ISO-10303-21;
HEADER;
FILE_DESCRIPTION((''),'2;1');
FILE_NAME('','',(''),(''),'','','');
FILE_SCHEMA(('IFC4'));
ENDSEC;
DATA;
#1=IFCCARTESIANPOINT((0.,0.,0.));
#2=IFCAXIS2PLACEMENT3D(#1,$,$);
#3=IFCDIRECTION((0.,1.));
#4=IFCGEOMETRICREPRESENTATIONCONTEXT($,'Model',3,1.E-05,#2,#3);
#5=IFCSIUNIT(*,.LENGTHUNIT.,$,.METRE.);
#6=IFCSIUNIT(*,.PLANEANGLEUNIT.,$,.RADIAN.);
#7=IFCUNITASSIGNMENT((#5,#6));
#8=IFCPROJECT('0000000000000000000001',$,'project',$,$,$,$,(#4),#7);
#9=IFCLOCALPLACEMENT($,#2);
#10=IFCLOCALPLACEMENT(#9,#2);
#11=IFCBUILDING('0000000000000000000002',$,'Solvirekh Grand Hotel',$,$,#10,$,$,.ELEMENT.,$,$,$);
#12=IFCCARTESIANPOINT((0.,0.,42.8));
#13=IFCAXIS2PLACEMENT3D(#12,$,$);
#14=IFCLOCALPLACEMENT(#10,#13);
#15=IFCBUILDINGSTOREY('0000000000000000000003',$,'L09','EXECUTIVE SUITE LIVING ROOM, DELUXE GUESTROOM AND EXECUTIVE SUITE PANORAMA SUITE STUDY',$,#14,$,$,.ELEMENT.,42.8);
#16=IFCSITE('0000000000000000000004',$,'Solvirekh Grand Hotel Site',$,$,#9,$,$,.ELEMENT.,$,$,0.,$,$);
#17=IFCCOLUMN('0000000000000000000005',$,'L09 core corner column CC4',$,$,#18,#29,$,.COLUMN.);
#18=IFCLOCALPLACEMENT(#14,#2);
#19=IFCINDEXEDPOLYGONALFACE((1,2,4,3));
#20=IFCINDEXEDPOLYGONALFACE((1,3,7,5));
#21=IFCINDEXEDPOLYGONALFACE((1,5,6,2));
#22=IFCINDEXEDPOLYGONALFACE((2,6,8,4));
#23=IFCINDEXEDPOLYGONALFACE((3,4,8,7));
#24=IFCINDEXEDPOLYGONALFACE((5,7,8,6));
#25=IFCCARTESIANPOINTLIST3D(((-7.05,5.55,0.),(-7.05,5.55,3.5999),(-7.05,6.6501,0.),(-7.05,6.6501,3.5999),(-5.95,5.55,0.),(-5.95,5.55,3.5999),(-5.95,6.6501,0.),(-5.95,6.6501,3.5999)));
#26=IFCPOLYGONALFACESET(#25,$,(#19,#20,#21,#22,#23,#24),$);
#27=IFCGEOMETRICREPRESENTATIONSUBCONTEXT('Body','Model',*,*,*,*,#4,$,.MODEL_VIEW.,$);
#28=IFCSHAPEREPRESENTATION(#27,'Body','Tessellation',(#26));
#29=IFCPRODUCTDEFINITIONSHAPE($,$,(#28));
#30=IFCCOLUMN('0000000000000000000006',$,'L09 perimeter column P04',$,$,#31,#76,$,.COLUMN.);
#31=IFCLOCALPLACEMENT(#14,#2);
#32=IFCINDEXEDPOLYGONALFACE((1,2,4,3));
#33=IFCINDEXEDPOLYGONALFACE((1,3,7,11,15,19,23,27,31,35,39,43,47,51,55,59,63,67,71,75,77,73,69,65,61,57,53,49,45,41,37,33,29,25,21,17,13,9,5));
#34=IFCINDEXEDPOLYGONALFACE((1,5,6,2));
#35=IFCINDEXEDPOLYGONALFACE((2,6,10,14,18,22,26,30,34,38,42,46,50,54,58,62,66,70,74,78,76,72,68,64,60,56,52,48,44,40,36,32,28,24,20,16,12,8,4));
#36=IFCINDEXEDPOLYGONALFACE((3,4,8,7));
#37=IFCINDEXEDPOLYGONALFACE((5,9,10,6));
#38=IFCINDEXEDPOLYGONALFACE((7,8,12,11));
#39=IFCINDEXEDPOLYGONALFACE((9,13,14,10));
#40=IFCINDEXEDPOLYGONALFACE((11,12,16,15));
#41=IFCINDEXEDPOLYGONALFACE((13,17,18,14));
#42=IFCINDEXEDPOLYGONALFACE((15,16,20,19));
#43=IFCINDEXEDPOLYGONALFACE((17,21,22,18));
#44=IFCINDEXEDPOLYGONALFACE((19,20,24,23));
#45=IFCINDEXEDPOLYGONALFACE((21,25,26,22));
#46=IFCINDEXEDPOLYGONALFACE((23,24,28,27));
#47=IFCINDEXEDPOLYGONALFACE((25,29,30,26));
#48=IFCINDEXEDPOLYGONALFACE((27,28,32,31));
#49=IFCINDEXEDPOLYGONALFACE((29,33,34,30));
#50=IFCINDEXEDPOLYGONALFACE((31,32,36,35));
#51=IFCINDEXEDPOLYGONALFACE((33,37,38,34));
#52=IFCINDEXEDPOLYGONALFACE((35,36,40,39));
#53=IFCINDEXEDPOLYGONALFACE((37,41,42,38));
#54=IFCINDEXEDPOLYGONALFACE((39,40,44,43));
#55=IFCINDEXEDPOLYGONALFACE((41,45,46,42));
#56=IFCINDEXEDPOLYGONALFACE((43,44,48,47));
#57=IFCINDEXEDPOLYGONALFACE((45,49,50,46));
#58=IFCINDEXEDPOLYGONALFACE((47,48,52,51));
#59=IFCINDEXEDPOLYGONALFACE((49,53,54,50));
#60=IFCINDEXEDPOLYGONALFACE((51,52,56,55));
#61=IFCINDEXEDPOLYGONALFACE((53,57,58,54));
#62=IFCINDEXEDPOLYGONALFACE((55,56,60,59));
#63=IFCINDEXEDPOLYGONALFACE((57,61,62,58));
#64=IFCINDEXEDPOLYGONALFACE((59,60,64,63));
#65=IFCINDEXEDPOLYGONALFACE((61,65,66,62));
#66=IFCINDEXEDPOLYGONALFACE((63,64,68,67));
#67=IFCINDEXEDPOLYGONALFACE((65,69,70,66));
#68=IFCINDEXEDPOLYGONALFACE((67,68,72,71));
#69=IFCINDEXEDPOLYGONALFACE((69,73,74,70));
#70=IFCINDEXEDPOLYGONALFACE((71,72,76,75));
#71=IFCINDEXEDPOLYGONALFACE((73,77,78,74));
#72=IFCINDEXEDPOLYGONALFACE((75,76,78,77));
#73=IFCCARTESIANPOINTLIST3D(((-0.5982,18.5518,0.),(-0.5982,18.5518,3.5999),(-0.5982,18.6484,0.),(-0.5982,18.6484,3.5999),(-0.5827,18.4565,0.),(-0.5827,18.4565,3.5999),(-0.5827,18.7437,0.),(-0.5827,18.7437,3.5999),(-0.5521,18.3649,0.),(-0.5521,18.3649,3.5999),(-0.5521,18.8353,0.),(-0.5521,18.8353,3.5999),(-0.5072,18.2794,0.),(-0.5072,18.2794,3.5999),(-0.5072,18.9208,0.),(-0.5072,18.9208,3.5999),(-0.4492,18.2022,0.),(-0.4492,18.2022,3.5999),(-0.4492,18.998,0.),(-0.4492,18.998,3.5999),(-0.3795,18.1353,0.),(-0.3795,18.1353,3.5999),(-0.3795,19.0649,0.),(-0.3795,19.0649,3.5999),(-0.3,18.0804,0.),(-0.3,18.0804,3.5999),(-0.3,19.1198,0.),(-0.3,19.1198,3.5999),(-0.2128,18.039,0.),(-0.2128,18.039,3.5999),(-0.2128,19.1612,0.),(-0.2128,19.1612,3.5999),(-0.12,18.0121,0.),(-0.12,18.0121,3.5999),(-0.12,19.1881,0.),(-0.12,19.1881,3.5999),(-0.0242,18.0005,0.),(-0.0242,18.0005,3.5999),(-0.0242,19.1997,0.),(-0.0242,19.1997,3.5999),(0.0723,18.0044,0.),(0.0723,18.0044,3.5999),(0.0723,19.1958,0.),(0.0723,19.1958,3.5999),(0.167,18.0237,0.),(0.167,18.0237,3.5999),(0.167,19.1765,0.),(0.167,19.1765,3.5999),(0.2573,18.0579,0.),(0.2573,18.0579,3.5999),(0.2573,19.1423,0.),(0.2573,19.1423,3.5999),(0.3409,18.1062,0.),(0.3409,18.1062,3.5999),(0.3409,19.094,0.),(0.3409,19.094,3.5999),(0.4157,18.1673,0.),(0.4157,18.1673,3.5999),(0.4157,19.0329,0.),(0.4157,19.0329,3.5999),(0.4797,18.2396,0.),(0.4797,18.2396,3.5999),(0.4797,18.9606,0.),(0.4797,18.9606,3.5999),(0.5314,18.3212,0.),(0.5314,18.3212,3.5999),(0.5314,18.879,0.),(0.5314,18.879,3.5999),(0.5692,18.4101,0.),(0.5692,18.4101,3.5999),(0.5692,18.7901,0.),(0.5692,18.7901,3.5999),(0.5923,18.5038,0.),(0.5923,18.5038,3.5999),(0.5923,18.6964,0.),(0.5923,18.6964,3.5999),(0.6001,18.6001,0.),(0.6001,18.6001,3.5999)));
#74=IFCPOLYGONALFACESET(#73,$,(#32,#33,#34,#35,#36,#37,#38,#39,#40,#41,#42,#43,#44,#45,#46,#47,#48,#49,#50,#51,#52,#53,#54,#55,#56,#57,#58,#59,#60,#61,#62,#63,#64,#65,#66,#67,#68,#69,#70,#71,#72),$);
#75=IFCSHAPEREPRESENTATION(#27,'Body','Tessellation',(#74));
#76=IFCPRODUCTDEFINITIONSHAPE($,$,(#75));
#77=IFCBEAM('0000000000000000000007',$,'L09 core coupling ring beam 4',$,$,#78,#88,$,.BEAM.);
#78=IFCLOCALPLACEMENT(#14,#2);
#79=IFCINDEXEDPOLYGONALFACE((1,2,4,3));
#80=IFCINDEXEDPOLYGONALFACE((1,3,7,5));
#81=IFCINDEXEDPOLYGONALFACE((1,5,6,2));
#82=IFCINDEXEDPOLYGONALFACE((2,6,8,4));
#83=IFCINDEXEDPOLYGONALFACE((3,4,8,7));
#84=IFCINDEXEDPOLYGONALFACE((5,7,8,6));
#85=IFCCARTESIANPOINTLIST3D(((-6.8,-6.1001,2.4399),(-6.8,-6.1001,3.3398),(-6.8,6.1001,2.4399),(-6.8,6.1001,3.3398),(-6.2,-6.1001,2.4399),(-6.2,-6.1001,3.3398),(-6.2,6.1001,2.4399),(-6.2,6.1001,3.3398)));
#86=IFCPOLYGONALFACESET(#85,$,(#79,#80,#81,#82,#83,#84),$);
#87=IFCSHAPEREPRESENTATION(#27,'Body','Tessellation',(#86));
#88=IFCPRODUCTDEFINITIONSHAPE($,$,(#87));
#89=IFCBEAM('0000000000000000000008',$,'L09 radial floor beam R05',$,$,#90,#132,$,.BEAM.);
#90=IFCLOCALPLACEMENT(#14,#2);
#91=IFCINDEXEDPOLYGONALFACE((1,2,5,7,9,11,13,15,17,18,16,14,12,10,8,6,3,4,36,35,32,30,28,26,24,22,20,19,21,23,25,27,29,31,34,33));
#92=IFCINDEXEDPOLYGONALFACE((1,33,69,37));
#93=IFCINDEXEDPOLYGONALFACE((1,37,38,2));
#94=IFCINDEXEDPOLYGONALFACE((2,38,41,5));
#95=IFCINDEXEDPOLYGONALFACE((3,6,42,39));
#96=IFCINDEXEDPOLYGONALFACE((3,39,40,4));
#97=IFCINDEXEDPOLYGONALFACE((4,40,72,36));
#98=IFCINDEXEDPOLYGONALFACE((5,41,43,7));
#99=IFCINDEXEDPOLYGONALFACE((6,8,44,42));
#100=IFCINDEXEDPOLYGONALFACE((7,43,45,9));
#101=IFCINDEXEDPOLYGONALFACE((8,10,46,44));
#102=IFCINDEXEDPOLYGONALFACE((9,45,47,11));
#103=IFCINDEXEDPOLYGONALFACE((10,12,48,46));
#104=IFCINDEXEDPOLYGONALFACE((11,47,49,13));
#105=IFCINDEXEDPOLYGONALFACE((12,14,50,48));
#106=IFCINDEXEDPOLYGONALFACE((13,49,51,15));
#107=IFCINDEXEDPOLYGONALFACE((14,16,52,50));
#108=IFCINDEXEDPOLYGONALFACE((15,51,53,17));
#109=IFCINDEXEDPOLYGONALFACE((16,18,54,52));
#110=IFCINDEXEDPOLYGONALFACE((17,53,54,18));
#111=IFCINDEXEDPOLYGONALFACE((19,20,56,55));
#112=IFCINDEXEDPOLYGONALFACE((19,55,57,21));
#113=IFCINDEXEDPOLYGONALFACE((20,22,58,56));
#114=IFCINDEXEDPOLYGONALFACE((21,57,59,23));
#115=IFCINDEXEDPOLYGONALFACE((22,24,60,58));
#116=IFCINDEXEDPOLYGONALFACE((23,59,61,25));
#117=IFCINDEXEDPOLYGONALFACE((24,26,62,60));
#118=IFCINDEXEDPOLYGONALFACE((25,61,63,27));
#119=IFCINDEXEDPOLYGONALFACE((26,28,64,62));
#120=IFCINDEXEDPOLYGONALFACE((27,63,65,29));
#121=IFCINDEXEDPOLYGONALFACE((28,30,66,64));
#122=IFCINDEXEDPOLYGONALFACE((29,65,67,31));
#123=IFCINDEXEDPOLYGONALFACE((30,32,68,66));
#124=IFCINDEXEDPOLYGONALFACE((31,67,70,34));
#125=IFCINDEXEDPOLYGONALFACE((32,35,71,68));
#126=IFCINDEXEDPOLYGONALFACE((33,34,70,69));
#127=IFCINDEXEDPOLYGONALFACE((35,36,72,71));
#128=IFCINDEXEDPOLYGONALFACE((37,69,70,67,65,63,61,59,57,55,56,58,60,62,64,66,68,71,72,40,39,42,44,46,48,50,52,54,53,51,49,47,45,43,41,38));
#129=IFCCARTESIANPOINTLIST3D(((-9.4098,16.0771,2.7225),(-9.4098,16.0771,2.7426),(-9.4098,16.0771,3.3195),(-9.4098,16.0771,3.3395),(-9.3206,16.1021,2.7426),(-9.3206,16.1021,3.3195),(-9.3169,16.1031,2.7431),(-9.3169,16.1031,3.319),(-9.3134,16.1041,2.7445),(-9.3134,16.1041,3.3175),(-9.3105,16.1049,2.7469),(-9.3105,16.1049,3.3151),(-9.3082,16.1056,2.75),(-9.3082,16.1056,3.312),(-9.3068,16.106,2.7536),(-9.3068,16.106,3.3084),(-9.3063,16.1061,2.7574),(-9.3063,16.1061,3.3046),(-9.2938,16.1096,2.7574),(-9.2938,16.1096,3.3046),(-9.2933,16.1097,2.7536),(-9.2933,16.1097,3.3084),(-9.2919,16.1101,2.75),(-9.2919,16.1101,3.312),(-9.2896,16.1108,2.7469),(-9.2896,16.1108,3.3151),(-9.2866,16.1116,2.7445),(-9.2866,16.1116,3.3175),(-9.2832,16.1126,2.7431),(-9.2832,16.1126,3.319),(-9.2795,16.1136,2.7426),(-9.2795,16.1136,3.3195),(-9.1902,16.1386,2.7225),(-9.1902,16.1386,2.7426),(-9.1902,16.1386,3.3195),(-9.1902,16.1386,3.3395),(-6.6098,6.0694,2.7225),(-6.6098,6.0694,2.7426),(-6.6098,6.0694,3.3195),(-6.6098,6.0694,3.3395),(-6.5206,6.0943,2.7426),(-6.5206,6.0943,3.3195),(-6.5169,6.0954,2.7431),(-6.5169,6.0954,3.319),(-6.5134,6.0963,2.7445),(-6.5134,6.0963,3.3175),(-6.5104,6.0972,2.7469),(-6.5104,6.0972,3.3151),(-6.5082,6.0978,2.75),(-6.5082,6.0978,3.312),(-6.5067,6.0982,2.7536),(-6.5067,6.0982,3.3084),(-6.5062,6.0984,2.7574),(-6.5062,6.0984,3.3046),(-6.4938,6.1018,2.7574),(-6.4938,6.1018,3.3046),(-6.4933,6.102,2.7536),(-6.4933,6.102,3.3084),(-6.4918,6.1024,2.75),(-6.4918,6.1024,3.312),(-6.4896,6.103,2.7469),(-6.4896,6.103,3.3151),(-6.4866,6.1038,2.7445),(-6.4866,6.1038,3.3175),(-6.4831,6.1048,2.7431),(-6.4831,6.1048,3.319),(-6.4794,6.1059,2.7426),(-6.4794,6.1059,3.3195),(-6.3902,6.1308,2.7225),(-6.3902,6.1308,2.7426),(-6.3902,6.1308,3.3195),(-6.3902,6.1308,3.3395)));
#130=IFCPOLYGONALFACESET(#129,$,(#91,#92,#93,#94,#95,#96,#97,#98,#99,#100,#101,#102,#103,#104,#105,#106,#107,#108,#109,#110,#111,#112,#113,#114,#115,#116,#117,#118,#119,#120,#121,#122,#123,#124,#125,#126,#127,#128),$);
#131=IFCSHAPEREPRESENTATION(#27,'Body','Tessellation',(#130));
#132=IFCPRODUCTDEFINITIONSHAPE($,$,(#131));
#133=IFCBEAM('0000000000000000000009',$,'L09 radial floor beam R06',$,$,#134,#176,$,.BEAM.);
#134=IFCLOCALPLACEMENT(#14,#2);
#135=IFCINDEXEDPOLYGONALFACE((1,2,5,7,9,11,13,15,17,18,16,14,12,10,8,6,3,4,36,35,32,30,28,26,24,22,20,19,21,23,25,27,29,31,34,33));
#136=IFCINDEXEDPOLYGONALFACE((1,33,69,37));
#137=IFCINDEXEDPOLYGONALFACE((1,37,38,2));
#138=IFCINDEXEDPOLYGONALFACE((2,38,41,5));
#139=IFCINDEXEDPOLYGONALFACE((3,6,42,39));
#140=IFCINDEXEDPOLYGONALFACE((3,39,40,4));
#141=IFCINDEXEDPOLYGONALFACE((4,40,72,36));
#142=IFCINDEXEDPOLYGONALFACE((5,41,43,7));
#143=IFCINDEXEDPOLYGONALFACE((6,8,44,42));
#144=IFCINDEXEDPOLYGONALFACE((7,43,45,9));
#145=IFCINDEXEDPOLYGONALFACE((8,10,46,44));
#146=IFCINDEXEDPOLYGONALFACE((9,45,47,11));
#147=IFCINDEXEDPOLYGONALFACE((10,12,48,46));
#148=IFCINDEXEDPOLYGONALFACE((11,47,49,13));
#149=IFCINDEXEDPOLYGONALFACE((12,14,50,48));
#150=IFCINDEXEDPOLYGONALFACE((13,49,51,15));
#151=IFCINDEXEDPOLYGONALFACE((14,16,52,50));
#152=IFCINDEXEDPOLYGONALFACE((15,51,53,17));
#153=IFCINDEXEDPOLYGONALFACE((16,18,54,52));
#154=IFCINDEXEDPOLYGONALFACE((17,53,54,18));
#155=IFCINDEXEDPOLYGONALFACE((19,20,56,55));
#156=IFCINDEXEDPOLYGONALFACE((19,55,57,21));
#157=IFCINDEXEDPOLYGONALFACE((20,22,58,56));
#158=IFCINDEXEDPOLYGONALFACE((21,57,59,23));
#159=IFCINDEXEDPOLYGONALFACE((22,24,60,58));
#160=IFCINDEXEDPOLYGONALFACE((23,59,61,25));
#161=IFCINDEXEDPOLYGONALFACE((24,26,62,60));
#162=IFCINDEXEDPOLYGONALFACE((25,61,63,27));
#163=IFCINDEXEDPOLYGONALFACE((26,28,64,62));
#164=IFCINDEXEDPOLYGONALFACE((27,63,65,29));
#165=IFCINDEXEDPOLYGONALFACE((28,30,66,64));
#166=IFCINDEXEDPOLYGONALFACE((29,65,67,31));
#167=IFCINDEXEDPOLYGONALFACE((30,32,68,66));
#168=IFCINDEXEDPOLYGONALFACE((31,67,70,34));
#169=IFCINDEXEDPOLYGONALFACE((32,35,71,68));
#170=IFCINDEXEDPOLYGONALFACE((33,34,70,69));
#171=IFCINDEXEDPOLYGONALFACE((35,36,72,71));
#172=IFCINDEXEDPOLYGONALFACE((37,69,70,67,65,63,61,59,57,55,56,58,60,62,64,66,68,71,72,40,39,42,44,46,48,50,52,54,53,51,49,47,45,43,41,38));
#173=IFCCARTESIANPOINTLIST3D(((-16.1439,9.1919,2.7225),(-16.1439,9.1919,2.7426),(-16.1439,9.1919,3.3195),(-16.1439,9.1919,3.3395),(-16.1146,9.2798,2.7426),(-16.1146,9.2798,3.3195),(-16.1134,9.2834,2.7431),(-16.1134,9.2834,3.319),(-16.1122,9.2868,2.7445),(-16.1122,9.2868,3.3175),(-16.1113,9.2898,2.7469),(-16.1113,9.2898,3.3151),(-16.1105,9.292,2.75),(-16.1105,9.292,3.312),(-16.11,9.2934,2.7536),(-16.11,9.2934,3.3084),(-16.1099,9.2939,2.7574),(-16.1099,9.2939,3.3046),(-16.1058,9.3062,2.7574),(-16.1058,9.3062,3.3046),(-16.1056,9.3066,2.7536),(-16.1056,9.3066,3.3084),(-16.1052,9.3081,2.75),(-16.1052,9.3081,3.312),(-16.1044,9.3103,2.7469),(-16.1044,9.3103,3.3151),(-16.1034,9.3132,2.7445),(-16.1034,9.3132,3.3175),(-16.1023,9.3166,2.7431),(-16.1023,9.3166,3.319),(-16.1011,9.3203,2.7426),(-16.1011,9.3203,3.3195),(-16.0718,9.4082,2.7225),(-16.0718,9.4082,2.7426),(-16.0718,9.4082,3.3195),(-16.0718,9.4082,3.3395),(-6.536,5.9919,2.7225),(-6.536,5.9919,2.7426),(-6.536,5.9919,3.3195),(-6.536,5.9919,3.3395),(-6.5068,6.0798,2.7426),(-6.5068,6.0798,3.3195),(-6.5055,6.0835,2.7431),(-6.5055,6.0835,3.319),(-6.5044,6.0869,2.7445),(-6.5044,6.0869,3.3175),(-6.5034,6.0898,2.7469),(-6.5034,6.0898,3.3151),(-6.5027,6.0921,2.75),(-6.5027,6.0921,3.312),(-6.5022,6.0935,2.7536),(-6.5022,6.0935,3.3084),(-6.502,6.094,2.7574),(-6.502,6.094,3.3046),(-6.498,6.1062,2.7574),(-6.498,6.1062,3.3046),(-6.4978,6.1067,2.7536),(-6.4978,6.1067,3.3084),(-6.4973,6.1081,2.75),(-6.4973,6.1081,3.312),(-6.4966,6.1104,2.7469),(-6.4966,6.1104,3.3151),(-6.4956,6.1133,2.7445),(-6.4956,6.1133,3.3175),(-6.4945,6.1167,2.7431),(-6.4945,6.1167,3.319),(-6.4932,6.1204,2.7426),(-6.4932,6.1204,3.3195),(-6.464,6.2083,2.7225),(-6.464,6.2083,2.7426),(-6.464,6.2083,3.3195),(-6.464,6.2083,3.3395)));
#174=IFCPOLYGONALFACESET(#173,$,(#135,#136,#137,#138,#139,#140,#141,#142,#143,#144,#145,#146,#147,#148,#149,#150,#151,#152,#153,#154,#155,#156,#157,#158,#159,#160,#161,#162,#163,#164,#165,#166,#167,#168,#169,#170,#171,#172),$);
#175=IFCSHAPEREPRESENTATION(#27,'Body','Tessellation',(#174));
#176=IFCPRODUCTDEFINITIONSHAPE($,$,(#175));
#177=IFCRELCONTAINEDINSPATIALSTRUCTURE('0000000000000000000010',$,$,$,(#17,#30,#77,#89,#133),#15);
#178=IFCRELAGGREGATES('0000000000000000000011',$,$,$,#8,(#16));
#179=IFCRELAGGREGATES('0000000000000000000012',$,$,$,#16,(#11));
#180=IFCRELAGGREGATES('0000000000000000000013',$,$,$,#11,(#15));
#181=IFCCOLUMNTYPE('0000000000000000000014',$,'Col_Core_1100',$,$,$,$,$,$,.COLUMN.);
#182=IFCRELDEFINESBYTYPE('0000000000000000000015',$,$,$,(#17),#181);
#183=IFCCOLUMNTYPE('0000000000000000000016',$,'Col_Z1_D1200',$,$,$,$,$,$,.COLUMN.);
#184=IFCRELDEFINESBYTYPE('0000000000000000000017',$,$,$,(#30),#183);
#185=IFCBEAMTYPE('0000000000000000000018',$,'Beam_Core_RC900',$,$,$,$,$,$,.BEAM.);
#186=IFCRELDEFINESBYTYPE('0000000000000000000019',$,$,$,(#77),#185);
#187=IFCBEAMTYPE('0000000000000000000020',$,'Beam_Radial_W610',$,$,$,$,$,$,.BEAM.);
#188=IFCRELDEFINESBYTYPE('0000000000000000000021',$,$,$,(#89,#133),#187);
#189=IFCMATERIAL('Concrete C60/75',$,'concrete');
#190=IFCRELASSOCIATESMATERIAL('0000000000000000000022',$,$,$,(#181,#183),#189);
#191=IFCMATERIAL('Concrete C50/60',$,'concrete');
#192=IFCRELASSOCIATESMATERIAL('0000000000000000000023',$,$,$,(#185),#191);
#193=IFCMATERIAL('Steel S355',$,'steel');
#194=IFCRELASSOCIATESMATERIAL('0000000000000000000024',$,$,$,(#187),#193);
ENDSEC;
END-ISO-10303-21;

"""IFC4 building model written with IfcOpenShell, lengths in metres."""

from ifc_helpers import new_model, si_unit, direction, frame, origin, origin_2d, place, context, subcontext, project, spatial, rectangle, circle, i_section, extrude, material, material_profile, profile_set, type_object, element, save


model = new_model("IFC4")

# Units and contexts
model_context = context("Model", 3, precision=1e-05, world=origin(), true_north=direction((0.0, 1.0)))
body_context = subcontext(model_context, "Body", "Model", "MODEL_VIEW")
ifc_project = project(units=[si_unit("LENGTHUNIT", "METRE"), si_unit("PLANEANGLEUNIT", "RADIAN")], contexts=[model_context])

# Site, building, storey
site_placement = place(None, origin())
site = spatial("IfcSite", under=ifc_project, at=site_placement, Name="Solvirekh Grand Hotel Site", CompositionType="ELEMENT", RefElevation=0.0)
building_placement = place(site_placement, origin())
building = spatial("IfcBuilding", under=site, at=building_placement, Name="Solvirekh Grand Hotel", CompositionType="ELEMENT")
storey_placement = place(building_placement, frame((0.0, 0.0, 42.8)))
storey = spatial("IfcBuildingStorey", under=building, at=storey_placement, Name="L09", Description="EXECUTIVE SUITE LIVING ROOM, DELUXE GUESTROOM AND EXECUTIVE SUITE PANORAMA SUITE STUDY", CompositionType="ELEMENT", Elevation=42.8)

# Columns
ifc_material_1 = material(Name="Concrete C60/75", Category="concrete")
ifc_material_profile_1 = material_profile(ifc_material_1, rectangle(XDim=1.1001, YDim=1.1001, at=origin_2d()), Name="RC 1100X1100")
ifc_profile_set_1 = profile_set([ifc_material_profile_1], Name="Concrete C60/75")
column_type_1 = type_object("IfcColumnType", Name="Col_Core_1100", PredefinedType="COLUMN", material=ifc_profile_set_1)
column_1_placement = place(storey_placement, frame((-6.5, 6.1001, 0.0), z_axis=(0.0, 0.0, 1.0), x_axis=(1.0, 0.0, 0.0)))
element("IfcColumn", 1, at=column_1_placement, inside=storey, type_object=column_type_1, Name="L09 core corner column CC4", PredefinedType="COLUMN", context=body_context, shape_type="SweptSolid", body=[
    extrude(rectangle(XDim=1.1001, YDim=1.1001, at=origin_2d()), origin(), (0.0, 0.0, 1.0), 3.5999),
])
ifc_material_profile_2 = material_profile(ifc_material_1, circle(Radius=0.6001, at=origin_2d()), Name="RC CIRC D1200")
ifc_profile_set_2 = profile_set([ifc_material_profile_2], Name="Concrete C60/75")
column_type_2 = type_object("IfcColumnType", Name="Col_Z1_D1200", PredefinedType="COLUMN", material=ifc_profile_set_2)
column_2_placement = place(storey_placement, frame((0.0, 18.6001, 0.0), z_axis=(0.0, 0.0, 1.0), x_axis=(1.0, 0.0, 0.0)))
element("IfcColumn", 2, at=column_2_placement, inside=storey, type_object=column_type_2, Name="L09 perimeter column P04", PredefinedType="COLUMN", context=body_context, shape_type="SweptSolid", body=[
    extrude(circle(Radius=0.6001, at=origin_2d()), origin(), (0.0, 0.0, 1.0), 3.5999),
])

# Beams
ifc_material_2 = material(Name="Concrete C50/60", Category="concrete")
ifc_material_profile_3 = material_profile(ifc_material_2, rectangle(XDim=0.6001, YDim=0.8999, at=origin_2d()), Name="RC BEAM 600X900")
ifc_profile_set_3 = profile_set([ifc_material_profile_3], Name="Concrete C50/60")
beam_type_1 = type_object("IfcBeamType", Name="Beam_Core_RC900", PredefinedType="BEAM", material=ifc_profile_set_3)
beam_1_placement = place(storey_placement, frame((-6.5, 6.1001, 2.8899), z_axis=(0.0, -1.0, 0.0), x_axis=(1.0, 0.0, 0.0)))
element("IfcBeam", 3, at=beam_1_placement, inside=storey, type_object=beam_type_1, Name="L09 core coupling ring beam 4", PredefinedType="BEAM", context=body_context, shape_type="SweptSolid", body=[
    extrude(rectangle(XDim=0.6001, YDim=0.8999, at=origin_2d()), origin(), (0.0, 0.0, 1.0), 12.2002),
])
ifc_material_3 = material(Name="Steel S355", Category="steel")
ifc_material_profile_4 = material_profile(ifc_material_3, i_section(OverallWidth=0.228, OverallDepth=0.6169, WebThickness=0.0129, FlangeThickness=0.02, FilletRadius=0.0149, at=origin_2d()), Name="W610X140")
ifc_profile_set_4 = profile_set([ifc_material_profile_4], Name="Steel S355")
beam_type_2 = type_object("IfcBeamType", Name="Beam_Radial_W610", PredefinedType="BEAM", material=ifc_profile_set_4)
beam_2_placement = place(storey_placement, frame((-6.5, 6.1001, 3.031), z_axis=(-0.269439, 0.963017, 0.0), x_axis=(-0.963017, -0.269439, 0.0)))
element("IfcBeam", 4, at=beam_2_placement, inside=storey, type_object=beam_type_2, Name="L09 radial floor beam R05", PredefinedType="BEAM", context=body_context, shape_type="SweptSolid", body=[
    extrude(i_section(OverallWidth=0.228, OverallDepth=0.6169, WebThickness=0.0129, FlangeThickness=0.02, FilletRadius=0.0149, at=origin_2d()), origin(), (0.0, 0.0, 1.0), 10.3921),
])
beam_3_placement = place(storey_placement, frame((-6.5, 6.1001, 3.031), z_axis=(-0.948763, 0.315989, 0.0), x_axis=(-0.315989, -0.948763, 0.0)))
element("IfcBeam", 5, at=beam_3_placement, inside=storey, type_object=beam_type_2, Name="L09 radial floor beam R06", PredefinedType="BEAM", context=body_context, shape_type="SweptSolid", body=[
    extrude(i_section(OverallWidth=0.228, OverallDepth=0.6169, WebThickness=0.0129, FlangeThickness=0.02, FilletRadius=0.0149, at=origin_2d()), origin(), (0.0, 0.0, 1.0), 10.1267),
])

save(model, "model.ifc")
